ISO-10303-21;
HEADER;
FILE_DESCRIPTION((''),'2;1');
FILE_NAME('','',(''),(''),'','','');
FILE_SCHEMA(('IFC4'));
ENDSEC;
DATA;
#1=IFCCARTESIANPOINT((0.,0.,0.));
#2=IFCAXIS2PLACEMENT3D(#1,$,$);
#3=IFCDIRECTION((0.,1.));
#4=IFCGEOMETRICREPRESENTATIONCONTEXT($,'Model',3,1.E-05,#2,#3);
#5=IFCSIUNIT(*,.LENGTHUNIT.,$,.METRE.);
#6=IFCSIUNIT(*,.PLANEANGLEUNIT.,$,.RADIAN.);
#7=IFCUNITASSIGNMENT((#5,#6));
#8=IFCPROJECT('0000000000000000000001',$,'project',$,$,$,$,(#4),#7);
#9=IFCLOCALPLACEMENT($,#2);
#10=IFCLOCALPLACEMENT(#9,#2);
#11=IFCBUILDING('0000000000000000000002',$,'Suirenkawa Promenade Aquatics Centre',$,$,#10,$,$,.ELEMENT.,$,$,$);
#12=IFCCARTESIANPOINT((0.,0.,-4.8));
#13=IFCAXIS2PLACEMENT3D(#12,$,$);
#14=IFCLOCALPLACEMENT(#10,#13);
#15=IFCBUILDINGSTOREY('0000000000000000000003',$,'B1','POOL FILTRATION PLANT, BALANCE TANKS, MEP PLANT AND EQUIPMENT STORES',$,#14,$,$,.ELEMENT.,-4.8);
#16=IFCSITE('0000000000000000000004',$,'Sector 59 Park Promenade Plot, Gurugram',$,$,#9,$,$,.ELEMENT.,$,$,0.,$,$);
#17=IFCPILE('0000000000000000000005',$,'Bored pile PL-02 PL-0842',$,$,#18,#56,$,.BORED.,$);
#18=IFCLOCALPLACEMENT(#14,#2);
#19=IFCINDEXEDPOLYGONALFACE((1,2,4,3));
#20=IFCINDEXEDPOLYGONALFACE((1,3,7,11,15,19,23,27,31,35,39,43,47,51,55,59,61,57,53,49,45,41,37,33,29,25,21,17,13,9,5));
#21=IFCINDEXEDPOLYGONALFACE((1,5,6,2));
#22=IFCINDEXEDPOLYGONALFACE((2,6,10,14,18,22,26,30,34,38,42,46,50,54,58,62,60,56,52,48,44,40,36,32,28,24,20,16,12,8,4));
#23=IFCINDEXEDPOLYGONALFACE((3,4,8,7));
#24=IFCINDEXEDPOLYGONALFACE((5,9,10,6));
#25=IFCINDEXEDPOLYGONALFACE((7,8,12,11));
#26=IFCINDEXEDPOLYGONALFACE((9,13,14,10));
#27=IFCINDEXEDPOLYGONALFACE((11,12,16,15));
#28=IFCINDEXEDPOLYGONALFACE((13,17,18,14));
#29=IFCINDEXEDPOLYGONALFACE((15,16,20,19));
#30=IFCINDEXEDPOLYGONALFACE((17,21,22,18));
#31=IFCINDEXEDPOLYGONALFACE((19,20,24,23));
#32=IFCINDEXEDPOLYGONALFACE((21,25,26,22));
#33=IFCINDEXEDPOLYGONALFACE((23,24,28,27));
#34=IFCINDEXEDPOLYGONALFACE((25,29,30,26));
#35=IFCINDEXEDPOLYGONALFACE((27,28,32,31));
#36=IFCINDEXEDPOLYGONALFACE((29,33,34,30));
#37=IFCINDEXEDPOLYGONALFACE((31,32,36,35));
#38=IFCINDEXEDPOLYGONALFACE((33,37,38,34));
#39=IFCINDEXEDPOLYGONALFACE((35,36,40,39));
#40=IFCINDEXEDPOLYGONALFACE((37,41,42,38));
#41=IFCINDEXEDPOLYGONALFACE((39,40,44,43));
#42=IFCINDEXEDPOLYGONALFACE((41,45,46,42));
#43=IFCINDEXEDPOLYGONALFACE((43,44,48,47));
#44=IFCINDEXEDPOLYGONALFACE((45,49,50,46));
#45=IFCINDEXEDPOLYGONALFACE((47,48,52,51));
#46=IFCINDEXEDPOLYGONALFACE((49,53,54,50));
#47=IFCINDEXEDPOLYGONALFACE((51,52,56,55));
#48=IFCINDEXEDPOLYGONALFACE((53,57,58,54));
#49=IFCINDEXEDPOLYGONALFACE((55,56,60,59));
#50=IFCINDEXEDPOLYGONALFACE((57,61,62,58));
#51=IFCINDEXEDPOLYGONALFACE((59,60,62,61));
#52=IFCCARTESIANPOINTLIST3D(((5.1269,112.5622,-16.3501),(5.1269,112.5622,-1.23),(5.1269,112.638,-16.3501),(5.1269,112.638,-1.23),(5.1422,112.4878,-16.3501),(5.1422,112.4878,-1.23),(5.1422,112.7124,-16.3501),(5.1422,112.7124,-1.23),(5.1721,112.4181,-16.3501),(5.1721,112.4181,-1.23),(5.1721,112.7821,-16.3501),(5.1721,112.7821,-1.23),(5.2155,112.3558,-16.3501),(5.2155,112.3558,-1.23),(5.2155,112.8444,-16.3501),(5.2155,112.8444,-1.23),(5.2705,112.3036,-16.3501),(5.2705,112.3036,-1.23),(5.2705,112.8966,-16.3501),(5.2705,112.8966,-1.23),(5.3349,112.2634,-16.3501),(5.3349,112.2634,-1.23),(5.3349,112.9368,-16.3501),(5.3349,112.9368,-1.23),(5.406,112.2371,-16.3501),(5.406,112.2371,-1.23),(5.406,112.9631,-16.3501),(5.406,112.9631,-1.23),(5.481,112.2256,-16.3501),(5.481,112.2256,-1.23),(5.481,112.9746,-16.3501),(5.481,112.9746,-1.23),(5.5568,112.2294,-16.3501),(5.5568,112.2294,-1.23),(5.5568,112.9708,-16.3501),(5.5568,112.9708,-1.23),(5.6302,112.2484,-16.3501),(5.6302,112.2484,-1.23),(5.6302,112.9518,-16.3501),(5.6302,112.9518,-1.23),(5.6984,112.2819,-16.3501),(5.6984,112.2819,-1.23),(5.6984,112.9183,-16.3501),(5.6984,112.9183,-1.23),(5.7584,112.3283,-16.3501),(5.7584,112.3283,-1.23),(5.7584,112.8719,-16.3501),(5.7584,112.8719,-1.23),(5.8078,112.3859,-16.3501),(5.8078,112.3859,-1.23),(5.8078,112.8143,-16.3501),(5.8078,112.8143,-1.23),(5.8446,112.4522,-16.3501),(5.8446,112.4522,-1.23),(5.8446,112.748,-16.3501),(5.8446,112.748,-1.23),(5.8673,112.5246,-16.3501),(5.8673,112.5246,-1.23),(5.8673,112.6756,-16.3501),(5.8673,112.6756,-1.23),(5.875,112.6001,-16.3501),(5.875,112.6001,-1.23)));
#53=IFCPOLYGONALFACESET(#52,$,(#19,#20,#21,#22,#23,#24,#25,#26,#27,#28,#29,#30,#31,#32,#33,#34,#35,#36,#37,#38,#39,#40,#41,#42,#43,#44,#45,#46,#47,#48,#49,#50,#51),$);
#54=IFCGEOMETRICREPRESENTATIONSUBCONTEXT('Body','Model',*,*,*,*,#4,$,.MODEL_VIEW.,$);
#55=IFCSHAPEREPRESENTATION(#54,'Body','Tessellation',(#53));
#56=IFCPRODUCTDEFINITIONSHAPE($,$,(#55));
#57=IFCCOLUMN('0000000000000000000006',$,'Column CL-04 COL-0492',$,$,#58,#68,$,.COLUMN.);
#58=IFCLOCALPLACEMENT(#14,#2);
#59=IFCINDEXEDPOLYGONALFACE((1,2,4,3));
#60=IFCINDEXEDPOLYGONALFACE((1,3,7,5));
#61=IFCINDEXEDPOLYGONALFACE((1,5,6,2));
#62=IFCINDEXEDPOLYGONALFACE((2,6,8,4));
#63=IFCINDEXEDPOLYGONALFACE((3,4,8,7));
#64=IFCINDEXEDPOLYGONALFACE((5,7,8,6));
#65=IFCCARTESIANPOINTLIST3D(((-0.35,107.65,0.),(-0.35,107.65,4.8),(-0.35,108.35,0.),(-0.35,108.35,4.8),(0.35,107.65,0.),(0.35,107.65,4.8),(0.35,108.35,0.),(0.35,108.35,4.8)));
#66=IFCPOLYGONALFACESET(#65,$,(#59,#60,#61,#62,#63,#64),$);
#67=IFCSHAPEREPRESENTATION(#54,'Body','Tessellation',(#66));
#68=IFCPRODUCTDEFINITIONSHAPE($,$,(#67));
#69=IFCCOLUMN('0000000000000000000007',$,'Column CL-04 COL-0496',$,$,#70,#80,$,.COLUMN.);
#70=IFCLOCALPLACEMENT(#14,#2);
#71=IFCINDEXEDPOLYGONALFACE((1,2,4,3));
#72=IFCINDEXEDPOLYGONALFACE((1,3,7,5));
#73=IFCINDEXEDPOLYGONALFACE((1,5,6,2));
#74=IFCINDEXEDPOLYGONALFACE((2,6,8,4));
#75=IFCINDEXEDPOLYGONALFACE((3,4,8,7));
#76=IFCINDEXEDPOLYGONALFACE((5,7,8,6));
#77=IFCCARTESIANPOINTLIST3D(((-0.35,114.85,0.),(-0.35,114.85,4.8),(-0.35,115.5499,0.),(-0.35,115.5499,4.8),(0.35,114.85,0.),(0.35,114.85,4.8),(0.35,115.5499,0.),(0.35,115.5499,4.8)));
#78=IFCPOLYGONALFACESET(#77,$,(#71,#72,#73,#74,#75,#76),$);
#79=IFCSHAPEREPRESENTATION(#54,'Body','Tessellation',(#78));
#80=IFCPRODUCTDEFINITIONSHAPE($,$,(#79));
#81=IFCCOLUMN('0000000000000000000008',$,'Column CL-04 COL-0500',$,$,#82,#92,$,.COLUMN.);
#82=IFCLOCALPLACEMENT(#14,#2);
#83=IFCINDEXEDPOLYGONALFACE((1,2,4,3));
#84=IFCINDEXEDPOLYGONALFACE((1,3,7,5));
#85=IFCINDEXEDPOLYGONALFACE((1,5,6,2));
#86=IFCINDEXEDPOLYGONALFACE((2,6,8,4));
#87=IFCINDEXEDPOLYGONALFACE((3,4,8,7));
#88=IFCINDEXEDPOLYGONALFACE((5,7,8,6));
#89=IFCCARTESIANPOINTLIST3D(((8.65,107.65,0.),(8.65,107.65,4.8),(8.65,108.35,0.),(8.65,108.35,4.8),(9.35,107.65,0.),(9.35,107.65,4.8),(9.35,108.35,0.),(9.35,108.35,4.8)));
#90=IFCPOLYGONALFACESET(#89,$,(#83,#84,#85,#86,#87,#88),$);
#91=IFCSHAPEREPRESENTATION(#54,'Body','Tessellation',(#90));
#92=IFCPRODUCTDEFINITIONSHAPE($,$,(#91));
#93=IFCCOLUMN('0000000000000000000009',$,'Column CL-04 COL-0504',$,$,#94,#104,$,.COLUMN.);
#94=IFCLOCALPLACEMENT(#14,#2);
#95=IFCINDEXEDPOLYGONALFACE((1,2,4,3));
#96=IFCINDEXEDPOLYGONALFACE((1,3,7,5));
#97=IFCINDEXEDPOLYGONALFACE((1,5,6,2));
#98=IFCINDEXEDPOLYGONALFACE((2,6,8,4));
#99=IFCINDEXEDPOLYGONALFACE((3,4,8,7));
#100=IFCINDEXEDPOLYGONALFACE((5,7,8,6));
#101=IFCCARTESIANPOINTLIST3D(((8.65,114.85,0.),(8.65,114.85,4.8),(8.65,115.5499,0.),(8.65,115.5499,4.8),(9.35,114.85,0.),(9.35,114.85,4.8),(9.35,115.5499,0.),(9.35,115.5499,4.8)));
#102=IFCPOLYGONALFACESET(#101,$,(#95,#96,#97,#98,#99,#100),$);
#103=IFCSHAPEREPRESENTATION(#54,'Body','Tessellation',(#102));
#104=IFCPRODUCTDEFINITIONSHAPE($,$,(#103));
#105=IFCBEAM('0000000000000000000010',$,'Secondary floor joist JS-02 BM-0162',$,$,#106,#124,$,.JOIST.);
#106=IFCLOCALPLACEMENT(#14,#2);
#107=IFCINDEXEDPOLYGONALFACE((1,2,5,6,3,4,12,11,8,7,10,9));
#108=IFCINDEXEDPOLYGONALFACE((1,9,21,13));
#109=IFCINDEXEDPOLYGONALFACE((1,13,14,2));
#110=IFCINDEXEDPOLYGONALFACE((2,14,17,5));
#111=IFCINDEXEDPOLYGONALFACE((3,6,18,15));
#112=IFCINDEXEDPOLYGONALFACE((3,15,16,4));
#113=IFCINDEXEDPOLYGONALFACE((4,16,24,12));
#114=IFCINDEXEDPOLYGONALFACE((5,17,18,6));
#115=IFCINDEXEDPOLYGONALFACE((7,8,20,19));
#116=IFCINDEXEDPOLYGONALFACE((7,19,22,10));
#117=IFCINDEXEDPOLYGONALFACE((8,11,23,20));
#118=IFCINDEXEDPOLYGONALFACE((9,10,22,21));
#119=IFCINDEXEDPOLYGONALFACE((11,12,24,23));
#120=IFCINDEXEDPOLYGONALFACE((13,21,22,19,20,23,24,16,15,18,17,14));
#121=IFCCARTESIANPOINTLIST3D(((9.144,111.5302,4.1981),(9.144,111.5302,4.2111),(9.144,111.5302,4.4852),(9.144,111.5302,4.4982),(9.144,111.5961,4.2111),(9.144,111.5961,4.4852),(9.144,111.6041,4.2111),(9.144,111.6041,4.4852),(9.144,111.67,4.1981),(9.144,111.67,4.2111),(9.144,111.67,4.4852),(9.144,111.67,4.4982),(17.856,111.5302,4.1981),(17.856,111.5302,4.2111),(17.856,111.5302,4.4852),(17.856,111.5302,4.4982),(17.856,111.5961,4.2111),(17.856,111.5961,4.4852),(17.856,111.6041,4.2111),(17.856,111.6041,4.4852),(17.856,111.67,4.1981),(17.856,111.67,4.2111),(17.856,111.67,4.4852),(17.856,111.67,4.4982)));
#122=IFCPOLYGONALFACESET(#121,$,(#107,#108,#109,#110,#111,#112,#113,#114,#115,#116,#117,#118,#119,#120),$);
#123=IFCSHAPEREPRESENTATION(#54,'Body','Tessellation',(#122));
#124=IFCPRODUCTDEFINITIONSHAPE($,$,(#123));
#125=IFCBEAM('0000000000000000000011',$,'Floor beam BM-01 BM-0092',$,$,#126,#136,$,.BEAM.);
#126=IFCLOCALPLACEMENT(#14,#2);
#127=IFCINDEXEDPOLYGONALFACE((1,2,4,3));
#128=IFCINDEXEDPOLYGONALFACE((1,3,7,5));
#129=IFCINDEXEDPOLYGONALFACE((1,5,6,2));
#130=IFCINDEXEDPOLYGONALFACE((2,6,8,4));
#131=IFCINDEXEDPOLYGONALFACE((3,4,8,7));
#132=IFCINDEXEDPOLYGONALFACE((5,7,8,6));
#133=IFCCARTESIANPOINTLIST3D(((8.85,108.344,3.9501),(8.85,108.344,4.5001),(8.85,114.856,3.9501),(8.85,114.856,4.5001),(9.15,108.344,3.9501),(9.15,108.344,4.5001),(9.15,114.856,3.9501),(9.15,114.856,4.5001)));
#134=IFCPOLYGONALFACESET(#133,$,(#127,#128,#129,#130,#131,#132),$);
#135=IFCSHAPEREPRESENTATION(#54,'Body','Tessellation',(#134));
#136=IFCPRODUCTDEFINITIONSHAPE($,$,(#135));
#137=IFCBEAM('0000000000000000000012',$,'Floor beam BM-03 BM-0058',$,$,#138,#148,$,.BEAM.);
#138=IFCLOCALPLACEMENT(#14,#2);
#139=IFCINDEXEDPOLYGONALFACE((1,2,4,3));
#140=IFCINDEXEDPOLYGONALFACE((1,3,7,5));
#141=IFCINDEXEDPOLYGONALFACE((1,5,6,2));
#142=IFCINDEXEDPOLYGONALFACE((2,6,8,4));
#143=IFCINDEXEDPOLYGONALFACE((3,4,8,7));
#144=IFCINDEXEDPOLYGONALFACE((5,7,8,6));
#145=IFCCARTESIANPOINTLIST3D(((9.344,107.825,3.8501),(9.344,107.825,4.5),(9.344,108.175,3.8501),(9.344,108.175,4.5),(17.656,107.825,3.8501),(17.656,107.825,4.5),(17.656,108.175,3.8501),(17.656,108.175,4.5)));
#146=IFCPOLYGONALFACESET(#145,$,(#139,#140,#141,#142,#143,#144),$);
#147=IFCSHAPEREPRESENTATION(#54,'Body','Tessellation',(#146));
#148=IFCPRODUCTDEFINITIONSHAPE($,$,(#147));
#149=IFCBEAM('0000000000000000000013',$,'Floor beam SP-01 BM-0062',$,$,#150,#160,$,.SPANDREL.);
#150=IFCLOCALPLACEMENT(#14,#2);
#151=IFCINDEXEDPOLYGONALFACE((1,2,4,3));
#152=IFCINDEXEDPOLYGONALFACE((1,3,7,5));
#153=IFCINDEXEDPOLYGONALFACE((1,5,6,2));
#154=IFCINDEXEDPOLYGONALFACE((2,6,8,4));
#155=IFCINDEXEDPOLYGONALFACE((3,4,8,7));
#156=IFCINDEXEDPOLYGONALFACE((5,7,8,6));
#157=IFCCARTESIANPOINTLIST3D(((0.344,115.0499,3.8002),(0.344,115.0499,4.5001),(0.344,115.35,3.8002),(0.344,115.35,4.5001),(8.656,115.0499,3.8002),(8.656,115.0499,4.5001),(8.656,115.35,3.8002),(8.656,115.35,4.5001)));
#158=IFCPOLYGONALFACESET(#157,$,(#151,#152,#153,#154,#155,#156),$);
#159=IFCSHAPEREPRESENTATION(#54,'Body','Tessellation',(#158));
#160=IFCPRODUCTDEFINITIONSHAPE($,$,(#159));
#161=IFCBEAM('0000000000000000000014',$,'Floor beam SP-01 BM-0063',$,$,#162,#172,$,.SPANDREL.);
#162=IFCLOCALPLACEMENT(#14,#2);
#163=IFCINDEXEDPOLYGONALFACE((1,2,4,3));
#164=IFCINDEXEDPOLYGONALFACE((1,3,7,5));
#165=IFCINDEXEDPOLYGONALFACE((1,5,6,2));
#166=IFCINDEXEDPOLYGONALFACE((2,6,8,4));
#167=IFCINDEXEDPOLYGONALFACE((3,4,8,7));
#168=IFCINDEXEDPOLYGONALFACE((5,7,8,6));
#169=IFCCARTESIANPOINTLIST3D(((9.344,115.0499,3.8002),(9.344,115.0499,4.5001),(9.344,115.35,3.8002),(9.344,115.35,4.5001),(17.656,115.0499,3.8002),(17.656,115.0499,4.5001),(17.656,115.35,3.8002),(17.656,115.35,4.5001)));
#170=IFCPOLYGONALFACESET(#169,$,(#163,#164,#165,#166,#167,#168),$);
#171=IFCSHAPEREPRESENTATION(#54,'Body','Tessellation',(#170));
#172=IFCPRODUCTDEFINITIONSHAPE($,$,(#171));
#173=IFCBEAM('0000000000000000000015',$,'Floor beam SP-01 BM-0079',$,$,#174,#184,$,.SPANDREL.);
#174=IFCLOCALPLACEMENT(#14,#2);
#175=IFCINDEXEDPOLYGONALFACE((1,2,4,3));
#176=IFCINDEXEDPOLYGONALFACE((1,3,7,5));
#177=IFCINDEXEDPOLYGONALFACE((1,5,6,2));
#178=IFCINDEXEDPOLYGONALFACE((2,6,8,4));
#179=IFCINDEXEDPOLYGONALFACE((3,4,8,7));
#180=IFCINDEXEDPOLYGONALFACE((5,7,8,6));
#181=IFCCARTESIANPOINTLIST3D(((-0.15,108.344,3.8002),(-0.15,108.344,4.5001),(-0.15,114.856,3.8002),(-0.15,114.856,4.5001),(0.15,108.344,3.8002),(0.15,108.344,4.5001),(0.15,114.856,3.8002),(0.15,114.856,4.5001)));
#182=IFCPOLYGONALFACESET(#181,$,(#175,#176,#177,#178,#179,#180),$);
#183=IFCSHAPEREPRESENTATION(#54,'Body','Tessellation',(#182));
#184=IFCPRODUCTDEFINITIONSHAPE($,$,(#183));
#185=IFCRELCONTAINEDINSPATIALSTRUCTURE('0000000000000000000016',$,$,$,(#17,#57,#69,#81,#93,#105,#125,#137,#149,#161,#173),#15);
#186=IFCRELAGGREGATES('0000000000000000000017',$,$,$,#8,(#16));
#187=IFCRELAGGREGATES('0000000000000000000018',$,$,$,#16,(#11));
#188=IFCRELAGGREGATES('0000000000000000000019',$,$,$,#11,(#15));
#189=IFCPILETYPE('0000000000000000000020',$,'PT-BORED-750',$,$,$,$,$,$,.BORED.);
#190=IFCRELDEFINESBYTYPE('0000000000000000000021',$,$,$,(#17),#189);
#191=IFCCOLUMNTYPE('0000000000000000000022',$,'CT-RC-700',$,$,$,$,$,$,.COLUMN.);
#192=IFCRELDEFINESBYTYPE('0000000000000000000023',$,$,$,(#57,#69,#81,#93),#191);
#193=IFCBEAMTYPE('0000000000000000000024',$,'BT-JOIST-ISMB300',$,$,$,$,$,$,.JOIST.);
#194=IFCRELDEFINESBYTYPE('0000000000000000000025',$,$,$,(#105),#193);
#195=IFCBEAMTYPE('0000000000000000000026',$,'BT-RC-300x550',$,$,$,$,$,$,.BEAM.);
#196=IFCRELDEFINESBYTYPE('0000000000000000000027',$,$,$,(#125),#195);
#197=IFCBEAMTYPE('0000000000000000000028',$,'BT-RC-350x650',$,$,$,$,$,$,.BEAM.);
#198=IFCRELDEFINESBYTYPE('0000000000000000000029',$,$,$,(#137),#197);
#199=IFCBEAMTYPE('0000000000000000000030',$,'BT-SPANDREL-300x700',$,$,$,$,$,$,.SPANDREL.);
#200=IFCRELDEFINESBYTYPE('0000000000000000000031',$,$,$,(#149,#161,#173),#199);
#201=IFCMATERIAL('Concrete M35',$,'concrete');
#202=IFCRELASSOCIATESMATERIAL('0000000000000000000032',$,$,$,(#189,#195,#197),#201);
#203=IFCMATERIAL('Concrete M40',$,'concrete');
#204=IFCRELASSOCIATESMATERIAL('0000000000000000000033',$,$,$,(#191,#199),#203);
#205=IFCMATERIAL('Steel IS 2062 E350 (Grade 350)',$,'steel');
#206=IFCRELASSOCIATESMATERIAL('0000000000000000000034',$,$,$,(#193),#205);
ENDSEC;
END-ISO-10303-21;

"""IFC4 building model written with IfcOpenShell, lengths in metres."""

from ifc_helpers import new_model, si_unit, direction, frame, origin, origin_2d, place, context, subcontext, project, spatial, rectangle, circle, i_section, extrude, material, material_profile, profile_set, type_object, element, save


model = new_model("IFC4")

# Units and contexts
model_context = context("Model", 3, precision=1e-05, world=origin(), true_north=direction((0.0, 1.0)))
body_context = subcontext(model_context, "Body", "Model", "MODEL_VIEW")
ifc_project = project(units=[si_unit("LENGTHUNIT", "METRE"), si_unit("PLANEANGLEUNIT", "RADIAN")], contexts=[model_context])

# Site, building, storey
site_placement = place(None, origin())
site = spatial("IfcSite", under=ifc_project, at=site_placement, Name="Sector 59 Park Promenade Plot, Gurugram", CompositionType="ELEMENT", RefElevation=0.0)
building_placement = place(site_placement, origin())
building = spatial("IfcBuilding", under=site, at=building_placement, Name="Suirenkawa Promenade Aquatics Centre", CompositionType="ELEMENT")
storey_placement = place(building_placement, frame((0.0, 0.0, -4.8)))
storey = spatial("IfcBuildingStorey", under=building, at=storey_placement, Name="B1", Description="POOL FILTRATION PLANT, BALANCE TANKS, MEP PLANT AND EQUIPMENT STORES", CompositionType="ELEMENT", Elevation=-4.8)

# Shared definitions
ifc_material_1 = material(Name="Concrete M35", Category="concrete")

# Pile
ifc_material_profile_1 = material_profile(ifc_material_1, circle(Radius=0.375, at=origin_2d()), Name="PILE D750", Category="concrete")
ifc_profile_set_1 = profile_set([ifc_material_profile_1], Name="Concrete M35")
pile_type = type_object("IfcPileType", Name="PT-BORED-750", PredefinedType="BORED", material=ifc_profile_set_1)
for number, where, z_axis, x_axis, name in (
    (1, (5.5, 112.6001, -1.23), (0.0, 0.0, -1.0), (1.0, 0.0, 0.0), "Bored pile PL-02 PL-0842"),
):
    element("IfcPile", number, at=place(storey_placement, frame(where, z_axis=z_axis, x_axis=x_axis)), inside=storey, type_object=pile_type, Name=name, PredefinedType="BORED", context=body_context, shape_type="SweptSolid", body=[
        extrude(circle(Radius=0.375, at=origin_2d()), origin(), (0.0, 0.0, 1.0), 15.1201),
    ])

# Columns
ifc_material_2 = material(Name="Concrete M40", Category="concrete")
ifc_material_profile_2 = material_profile(ifc_material_2, rectangle(XDim=0.7, YDim=0.7, at=origin_2d()), Name="RC COL 700x700", Category="concrete")
ifc_profile_set_2 = profile_set([ifc_material_profile_2], Name="Concrete M40")
column_type = type_object("IfcColumnType", Name="CT-RC-700", PredefinedType="COLUMN", material=ifc_profile_set_2)
for number, where, z_axis, x_axis, name in (
    (2, (0.0, 108.0, 0.0), (0.0, 0.0, 1.0), (1.0, 0.0, 0.0), "Column CL-04 COL-0492"),
    (3, (0.0, 115.2, 0.0), (0.0, 0.0, 1.0), (1.0, 0.0, 0.0), "Column CL-04 COL-0496"),
    (4, (9.0, 108.0, 0.0), (0.0, 0.0, 1.0), (1.0, 0.0, 0.0), "Column CL-04 COL-0500"),
    (5, (9.0, 115.2, 0.0), (0.0, 0.0, 1.0), (1.0, 0.0, 0.0), "Column CL-04 COL-0504"),
):
    element("IfcColumn", number, at=place(storey_placement, frame(where, z_axis=z_axis, x_axis=x_axis)), inside=storey, type_object=column_type, Name=name, PredefinedType="COLUMN", context=body_context, shape_type="SweptSolid", body=[
        extrude(rectangle(XDim=0.7, YDim=0.7, at=origin_2d()), origin(), (0.0, 0.0, 1.0), 4.8),
    ])

# Beams
ifc_material_3 = material(Name="Steel IS 2062 E350 (Grade 350)", Category="steel")
ifc_material_profile_3 = material_profile(ifc_material_3, i_section(OverallWidth=0.1399, OverallDepth=0.3, WebThickness=0.0081, FlangeThickness=0.0129, at=origin_2d()), Name="ISMB 300", Category="steel")
ifc_profile_set_3 = profile_set([ifc_material_profile_3], Name="Steel IS 2062 E350 (Grade 350)")
beam_type_1 = type_object("IfcBeamType", Name="BT-JOIST-ISMB300", PredefinedType="JOIST", material=ifc_profile_set_3)
beam_1_placement = place(storey_placement, frame((9.144, 111.6001, 4.3481), z_axis=(1.0, 0.0, 0.0), x_axis=(0.0, 1.0, 0.0)))
element("IfcBeam", 6, at=beam_1_placement, inside=storey, type_object=beam_type_1, Name="Secondary floor joist JS-02 BM-0162", PredefinedType="JOIST", context=body_context, shape_type="SweptSolid", body=[
    extrude(i_section(OverallWidth=0.1399, OverallDepth=0.3, WebThickness=0.0081, FlangeThickness=0.0129, at=origin_2d()), origin(), (0.0, 0.0, 1.0), 8.7119),
])
ifc_material_profile_4 = material_profile(ifc_material_1, rectangle(XDim=0.3, YDim=0.55, at=origin_2d()), Name="RC BM 300x550", Category="concrete")
ifc_profile_set_4 = profile_set([ifc_material_profile_4], Name="Concrete M35")
beam_type_2 = type_object("IfcBeamType", Name="BT-RC-300x550", PredefinedType="BEAM", material=ifc_profile_set_4)
beam_2_placement = place(storey_placement, frame((9.0, 108.344, 4.2251), z_axis=(0.0, 1.0, 0.0), x_axis=(-1.0, 0.0, 0.0)))
element("IfcBeam", 7, at=beam_2_placement, inside=storey, type_object=beam_type_2, Name="Floor beam BM-01 BM-0092", PredefinedType="BEAM", context=body_context, shape_type="SweptSolid", body=[
    extrude(rectangle(XDim=0.3, YDim=0.55, at=origin_2d()), origin(), (0.0, 0.0, 1.0), 6.512),
])
ifc_material_profile_5 = material_profile(ifc_material_1, rectangle(XDim=0.3501, YDim=0.6499, at=origin_2d()), Name="RC BM 350x650", Category="concrete")
ifc_profile_set_5 = profile_set([ifc_material_profile_5], Name="Concrete M35")
beam_type_3 = type_object("IfcBeamType", Name="BT-RC-350x650", PredefinedType="BEAM", material=ifc_profile_set_5)
beam_3_placement = place(storey_placement, frame((9.344, 108.0, 4.175), z_axis=(1.0, 0.0, 0.0), x_axis=(0.0, 1.0, 0.0)))
element("IfcBeam", 8, at=beam_3_placement, inside=storey, type_object=beam_type_3, Name="Floor beam BM-03 BM-0058", PredefinedType="BEAM", context=body_context, shape_type="SweptSolid", body=[
    extrude(rectangle(XDim=0.3501, YDim=0.6499, at=origin_2d()), origin(), (0.0, 0.0, 1.0), 8.312),
])
ifc_material_profile_6 = material_profile(ifc_material_2, rectangle(XDim=0.3, YDim=0.7, at=origin_2d()), Name="RC SPANDREL 300x700", Category="concrete")
ifc_profile_set_6 = profile_set([ifc_material_profile_6], Name="Concrete M40")
beam_type_4 = type_object("IfcBeamType", Name="BT-SPANDREL-300x700", PredefinedType="SPANDREL", material=ifc_profile_set_6)
for number, where, z_axis, x_axis, name in (
    (9, (0.344, 115.2, 4.1501), (1.0, 0.0, 0.0), (0.0, 1.0, 0.0), "Floor beam SP-01 BM-0062"),
    (10, (9.344, 115.2, 4.1501), (1.0, 0.0, 0.0), (0.0, 1.0, 0.0), "Floor beam SP-01 BM-0063"),
):
    element("IfcBeam", number, at=place(storey_placement, frame(where, z_axis=z_axis, x_axis=x_axis)), inside=storey, type_object=beam_type_4, Name=name, PredefinedType="SPANDREL", context=body_context, shape_type="SweptSolid", body=[
        extrude(rectangle(XDim=0.3, YDim=0.7, at=origin_2d()), origin(), (0.0, 0.0, 1.0), 8.312),
    ])
beam_4_placement = place(storey_placement, frame((0.0, 108.344, 4.1501), z_axis=(0.0, 1.0, 0.0), x_axis=(-1.0, 0.0, 0.0)))
element("IfcBeam", 11, at=beam_4_placement, inside=storey, type_object=beam_type_4, Name="Floor beam SP-01 BM-0079", PredefinedType="SPANDREL", context=body_context, shape_type="SweptSolid", body=[
    extrude(rectangle(XDim=0.3, YDim=0.7, at=origin_2d()), origin(), (0.0, 0.0, 1.0), 6.512),
])

save(model, "model.ifc")
